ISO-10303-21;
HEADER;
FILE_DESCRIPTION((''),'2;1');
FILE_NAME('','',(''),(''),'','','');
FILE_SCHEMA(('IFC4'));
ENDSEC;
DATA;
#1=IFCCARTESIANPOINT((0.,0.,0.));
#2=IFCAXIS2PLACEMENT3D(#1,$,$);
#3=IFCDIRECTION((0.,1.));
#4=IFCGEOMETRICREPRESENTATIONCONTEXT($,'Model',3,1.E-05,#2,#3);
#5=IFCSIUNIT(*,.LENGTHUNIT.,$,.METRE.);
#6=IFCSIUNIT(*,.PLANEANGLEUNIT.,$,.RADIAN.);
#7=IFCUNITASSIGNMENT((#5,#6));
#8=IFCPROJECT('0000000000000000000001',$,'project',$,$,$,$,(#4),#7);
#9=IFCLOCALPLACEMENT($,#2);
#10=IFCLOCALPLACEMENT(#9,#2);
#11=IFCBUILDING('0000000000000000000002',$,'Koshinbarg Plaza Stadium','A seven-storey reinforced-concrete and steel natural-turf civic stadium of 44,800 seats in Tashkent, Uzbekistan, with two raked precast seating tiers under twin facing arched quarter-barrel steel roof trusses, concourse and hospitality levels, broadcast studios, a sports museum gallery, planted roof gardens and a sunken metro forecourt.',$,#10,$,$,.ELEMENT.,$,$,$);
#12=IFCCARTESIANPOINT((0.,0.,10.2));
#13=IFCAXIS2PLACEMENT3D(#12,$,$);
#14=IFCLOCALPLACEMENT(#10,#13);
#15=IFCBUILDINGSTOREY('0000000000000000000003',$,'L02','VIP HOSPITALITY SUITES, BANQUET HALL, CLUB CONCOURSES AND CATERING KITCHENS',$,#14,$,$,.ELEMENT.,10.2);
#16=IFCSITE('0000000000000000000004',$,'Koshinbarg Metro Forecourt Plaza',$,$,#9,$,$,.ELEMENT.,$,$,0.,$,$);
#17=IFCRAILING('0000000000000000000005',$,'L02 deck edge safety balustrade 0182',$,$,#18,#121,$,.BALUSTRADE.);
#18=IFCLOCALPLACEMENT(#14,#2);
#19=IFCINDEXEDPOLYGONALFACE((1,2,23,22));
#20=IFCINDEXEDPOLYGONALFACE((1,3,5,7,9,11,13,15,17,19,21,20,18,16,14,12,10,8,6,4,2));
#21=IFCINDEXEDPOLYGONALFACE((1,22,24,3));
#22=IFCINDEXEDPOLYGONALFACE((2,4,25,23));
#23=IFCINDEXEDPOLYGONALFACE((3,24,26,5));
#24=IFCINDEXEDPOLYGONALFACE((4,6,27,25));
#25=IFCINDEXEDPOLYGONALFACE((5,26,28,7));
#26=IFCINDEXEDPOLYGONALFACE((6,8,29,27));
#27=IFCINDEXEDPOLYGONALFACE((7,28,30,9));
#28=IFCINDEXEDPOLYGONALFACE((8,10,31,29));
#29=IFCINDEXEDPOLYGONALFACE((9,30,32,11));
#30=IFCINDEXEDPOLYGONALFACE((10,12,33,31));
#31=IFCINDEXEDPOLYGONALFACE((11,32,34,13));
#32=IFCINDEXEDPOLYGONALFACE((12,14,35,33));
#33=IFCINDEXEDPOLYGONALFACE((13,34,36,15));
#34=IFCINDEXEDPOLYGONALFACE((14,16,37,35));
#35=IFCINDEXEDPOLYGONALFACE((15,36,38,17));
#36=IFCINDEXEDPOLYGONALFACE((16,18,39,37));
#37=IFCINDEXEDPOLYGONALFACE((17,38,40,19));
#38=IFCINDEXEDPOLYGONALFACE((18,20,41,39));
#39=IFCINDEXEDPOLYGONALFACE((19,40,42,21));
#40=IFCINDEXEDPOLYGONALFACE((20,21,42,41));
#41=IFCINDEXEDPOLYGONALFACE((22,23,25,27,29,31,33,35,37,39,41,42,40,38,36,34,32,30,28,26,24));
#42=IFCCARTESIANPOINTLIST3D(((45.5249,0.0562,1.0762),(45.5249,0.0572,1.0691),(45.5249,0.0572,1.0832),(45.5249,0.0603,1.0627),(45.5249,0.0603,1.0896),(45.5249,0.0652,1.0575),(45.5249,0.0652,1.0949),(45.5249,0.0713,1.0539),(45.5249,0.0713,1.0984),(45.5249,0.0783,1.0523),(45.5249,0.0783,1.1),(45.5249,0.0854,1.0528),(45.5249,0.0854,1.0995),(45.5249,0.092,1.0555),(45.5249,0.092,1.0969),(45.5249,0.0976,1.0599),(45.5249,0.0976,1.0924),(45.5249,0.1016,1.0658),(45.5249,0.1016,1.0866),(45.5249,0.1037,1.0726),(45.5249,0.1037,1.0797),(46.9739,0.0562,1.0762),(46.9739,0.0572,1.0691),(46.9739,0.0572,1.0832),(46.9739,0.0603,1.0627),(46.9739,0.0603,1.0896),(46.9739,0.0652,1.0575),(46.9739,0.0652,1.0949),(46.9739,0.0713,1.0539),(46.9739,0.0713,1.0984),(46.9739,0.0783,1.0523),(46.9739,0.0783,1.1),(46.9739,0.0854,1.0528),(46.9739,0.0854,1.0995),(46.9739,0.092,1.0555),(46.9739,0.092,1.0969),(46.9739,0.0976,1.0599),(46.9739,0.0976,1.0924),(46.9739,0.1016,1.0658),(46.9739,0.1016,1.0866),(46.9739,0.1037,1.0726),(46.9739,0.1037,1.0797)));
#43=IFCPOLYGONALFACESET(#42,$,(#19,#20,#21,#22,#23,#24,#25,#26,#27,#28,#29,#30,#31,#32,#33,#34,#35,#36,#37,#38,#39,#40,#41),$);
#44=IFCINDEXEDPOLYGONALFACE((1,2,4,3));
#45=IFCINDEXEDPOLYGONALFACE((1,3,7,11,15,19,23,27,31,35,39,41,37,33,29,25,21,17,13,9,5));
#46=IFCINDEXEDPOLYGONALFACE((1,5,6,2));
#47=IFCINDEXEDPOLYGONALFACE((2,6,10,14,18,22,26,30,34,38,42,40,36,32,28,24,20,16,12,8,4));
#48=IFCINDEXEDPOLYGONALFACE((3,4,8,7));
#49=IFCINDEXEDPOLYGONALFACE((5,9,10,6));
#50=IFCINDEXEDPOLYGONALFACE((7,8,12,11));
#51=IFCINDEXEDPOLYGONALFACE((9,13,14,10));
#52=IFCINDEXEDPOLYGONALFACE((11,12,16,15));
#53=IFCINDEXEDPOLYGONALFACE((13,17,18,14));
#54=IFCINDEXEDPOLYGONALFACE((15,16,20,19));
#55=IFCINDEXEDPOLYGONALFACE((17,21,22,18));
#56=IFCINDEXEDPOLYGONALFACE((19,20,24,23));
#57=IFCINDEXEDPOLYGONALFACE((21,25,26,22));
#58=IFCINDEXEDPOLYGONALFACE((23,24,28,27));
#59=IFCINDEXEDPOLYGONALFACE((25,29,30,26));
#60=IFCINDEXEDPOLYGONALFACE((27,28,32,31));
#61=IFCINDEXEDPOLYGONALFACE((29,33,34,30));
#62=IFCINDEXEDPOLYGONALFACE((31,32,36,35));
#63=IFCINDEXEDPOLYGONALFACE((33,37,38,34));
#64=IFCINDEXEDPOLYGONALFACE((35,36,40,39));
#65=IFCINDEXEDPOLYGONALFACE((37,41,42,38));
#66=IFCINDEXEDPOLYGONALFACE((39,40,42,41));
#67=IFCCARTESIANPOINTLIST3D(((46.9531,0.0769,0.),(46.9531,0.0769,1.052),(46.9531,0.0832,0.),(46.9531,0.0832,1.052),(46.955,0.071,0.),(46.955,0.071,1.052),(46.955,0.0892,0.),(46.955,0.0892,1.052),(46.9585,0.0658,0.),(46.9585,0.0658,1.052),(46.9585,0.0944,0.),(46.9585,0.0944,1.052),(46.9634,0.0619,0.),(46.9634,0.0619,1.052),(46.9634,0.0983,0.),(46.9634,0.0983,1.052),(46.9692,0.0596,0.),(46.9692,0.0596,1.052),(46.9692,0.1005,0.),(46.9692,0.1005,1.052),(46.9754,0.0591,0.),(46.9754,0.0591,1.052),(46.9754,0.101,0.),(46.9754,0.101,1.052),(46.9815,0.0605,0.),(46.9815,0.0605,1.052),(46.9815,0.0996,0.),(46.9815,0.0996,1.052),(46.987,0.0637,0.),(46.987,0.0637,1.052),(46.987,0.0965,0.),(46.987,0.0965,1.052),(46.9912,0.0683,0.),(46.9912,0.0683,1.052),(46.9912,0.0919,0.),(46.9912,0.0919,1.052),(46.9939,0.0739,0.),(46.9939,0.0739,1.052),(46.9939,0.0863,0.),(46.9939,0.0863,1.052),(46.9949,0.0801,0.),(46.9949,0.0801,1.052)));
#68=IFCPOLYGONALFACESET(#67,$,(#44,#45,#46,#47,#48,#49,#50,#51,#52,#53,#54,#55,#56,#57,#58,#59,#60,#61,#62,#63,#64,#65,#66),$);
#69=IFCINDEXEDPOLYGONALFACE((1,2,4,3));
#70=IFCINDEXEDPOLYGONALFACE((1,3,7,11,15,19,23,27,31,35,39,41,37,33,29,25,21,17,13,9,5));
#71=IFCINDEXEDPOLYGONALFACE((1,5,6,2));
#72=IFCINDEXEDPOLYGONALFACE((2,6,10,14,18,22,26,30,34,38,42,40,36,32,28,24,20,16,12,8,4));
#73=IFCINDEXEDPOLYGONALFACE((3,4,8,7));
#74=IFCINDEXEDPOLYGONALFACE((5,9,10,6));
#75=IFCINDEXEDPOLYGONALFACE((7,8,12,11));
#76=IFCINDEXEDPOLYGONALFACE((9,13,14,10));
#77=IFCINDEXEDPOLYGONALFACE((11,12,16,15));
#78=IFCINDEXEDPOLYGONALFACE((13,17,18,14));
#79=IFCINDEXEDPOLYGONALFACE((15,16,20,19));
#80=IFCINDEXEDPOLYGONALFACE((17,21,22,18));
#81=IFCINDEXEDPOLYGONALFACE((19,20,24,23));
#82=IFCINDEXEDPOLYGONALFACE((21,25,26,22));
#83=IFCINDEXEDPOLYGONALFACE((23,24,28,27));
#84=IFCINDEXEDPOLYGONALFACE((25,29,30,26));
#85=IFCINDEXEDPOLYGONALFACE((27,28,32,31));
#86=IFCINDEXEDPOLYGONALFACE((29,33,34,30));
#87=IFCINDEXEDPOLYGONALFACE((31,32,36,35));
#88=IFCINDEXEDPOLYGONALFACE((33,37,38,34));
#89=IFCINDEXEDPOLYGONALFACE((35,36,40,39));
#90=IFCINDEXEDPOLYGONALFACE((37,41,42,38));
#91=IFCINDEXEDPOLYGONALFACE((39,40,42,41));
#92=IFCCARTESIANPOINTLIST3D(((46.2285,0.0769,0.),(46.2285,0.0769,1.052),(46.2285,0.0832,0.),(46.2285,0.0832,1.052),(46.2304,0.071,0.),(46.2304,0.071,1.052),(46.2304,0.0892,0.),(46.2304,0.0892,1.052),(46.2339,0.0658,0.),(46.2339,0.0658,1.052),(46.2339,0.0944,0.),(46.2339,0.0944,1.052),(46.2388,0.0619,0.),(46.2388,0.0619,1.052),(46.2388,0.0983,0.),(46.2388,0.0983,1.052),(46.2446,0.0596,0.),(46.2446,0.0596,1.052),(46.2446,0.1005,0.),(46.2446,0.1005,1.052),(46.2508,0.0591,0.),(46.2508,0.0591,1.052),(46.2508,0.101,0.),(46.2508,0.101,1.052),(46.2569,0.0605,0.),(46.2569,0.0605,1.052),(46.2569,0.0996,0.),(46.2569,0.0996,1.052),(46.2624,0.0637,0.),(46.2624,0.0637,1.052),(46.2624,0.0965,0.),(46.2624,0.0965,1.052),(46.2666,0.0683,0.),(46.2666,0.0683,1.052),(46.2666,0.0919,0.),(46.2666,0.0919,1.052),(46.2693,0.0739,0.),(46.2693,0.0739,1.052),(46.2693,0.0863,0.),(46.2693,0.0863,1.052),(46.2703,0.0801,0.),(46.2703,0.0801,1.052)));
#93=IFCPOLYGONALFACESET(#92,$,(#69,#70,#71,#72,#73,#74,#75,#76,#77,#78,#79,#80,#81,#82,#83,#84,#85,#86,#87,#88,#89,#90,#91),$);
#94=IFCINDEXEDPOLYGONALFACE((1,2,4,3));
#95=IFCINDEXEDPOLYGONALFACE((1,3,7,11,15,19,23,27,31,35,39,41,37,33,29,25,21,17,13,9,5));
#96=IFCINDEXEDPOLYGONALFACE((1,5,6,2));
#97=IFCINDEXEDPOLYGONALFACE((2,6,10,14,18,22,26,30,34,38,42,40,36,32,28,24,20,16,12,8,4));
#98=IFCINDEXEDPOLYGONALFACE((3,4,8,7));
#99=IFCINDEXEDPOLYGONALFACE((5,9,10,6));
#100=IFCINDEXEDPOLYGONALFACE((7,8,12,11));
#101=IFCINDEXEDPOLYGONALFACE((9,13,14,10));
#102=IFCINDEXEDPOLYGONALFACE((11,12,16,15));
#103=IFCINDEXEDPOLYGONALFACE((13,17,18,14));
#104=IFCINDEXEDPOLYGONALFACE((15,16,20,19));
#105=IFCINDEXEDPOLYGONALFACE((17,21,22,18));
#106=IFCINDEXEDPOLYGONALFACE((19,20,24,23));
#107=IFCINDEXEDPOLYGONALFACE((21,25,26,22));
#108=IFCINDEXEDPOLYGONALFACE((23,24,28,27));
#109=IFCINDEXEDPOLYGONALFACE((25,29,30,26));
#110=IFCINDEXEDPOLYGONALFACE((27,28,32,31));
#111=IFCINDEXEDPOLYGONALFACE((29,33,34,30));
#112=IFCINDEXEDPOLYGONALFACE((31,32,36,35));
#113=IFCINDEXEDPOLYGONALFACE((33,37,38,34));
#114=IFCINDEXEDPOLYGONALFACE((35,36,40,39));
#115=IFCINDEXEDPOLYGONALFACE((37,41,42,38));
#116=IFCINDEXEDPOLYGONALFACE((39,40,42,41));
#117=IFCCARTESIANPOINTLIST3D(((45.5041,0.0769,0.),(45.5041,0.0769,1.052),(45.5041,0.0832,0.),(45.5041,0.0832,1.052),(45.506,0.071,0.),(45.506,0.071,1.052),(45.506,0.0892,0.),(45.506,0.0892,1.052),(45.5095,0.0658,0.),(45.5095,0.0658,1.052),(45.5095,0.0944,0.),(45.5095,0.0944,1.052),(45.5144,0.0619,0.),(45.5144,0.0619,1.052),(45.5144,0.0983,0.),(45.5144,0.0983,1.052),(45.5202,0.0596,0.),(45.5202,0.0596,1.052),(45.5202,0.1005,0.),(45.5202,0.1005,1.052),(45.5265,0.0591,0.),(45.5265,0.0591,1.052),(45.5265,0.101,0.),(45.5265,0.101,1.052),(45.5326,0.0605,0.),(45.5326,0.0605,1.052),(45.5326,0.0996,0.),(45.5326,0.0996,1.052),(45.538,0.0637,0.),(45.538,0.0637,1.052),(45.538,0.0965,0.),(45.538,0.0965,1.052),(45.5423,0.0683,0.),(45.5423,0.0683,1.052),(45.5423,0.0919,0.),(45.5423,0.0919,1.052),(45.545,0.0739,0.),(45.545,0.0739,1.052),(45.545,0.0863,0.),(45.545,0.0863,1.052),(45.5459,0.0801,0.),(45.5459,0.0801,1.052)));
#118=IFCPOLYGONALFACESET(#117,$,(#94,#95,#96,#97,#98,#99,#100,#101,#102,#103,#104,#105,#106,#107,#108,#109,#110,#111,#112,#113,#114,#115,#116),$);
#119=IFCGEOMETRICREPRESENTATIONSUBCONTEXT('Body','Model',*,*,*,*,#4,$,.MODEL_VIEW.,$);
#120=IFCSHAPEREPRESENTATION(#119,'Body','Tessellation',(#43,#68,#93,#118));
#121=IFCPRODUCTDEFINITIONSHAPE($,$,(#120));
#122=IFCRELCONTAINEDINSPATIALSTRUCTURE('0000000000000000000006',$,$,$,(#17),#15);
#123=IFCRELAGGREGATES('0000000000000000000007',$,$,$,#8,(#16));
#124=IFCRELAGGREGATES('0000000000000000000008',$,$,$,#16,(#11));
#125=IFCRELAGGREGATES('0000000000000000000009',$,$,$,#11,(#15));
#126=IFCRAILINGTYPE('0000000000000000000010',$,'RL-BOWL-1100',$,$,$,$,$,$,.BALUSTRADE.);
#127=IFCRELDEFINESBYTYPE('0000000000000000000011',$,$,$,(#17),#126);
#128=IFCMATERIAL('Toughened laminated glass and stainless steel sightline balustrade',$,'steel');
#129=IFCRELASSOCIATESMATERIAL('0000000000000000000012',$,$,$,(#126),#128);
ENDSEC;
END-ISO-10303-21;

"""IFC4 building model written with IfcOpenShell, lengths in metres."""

from ifc_helpers import new_model, si_unit, direction, frame, origin, origin_2d, place, context, subcontext, project, spatial, circle, extrude, material, type_object, element, save


model = new_model("IFC4")

# Units and contexts
model_context = context("Model", 3, precision=1e-05, world=origin(), true_north=direction((0.0, 1.0)))
body_context = subcontext(model_context, "Body", "Model", "MODEL_VIEW")
ifc_project = project(units=[si_unit("LENGTHUNIT", "METRE"), si_unit("PLANEANGLEUNIT", "RADIAN")], contexts=[model_context])

# Site, building, storey
site_placement = place(None, origin())
site = spatial("IfcSite", under=ifc_project, at=site_placement, Name="Koshinbarg Metro Forecourt Plaza", CompositionType="ELEMENT", RefElevation=0.0)
building_placement = place(site_placement, origin())
building = spatial("IfcBuilding", under=site, at=building_placement, Name="Koshinbarg Plaza Stadium", Description="A seven-storey reinforced-concrete and steel natural-turf civic stadium of 44,800 seats in Tashkent, Uzbekistan, with two raked precast seating tiers under twin facing arched quarter-barrel steel roof trusses, concourse and hospitality levels, broadcast studios, a sports museum gallery, planted roof gardens and a sunken metro forecourt.", CompositionType="ELEMENT")
storey_placement = place(building_placement, frame((0.0, 0.0, 10.2)))
storey = spatial("IfcBuildingStorey", under=building, at=storey_placement, Name="L02", Description="VIP HOSPITALITY SUITES, BANQUET HALL, CLUB CONCOURSES AND CATERING KITCHENS", CompositionType="ELEMENT", Elevation=10.2)

# Railing
ifc_material_1 = material(Name="Toughened laminated glass and stainless steel sightline balustrade", Category="steel")
railing_type = type_object("IfcRailingType", Name="RL-BOWL-1100", PredefinedType="BALUSTRADE", material=ifc_material_1)
railing_1_placement = place(storey_placement, frame((46.9739, 0.0801, 0.0)))
element("IfcRailing", 1, at=railing_1_placement, inside=storey, type_object=railing_type, Name="L02 deck edge safety balustrade 0182", PredefinedType="BALUSTRADE", context=body_context, shape_type="SweptSolid", body=[
    extrude(circle(Radius=0.0239, at=origin_2d()), frame((0.0, 0.0, 1.0762), z_axis=(-1.0, 0.0, 0.0), x_axis=(0.0, -1.0, 0.0)), (0.0, 0.0, 1.0), 1.449),
    extrude(circle(Radius=0.021, at=origin_2d()), origin(), (0.0, 0.0, 1.0), 1.052),
    extrude(circle(Radius=0.021, at=origin_2d()), frame((-0.7246, 0.0, 0.0)), (0.0, 0.0, 1.0), 1.052),
    extrude(circle(Radius=0.021, at=origin_2d()), frame((-1.449, 0.0, 0.0)), (0.0, 0.0, 1.0), 1.052),
])

save(model, "model.ifc")
